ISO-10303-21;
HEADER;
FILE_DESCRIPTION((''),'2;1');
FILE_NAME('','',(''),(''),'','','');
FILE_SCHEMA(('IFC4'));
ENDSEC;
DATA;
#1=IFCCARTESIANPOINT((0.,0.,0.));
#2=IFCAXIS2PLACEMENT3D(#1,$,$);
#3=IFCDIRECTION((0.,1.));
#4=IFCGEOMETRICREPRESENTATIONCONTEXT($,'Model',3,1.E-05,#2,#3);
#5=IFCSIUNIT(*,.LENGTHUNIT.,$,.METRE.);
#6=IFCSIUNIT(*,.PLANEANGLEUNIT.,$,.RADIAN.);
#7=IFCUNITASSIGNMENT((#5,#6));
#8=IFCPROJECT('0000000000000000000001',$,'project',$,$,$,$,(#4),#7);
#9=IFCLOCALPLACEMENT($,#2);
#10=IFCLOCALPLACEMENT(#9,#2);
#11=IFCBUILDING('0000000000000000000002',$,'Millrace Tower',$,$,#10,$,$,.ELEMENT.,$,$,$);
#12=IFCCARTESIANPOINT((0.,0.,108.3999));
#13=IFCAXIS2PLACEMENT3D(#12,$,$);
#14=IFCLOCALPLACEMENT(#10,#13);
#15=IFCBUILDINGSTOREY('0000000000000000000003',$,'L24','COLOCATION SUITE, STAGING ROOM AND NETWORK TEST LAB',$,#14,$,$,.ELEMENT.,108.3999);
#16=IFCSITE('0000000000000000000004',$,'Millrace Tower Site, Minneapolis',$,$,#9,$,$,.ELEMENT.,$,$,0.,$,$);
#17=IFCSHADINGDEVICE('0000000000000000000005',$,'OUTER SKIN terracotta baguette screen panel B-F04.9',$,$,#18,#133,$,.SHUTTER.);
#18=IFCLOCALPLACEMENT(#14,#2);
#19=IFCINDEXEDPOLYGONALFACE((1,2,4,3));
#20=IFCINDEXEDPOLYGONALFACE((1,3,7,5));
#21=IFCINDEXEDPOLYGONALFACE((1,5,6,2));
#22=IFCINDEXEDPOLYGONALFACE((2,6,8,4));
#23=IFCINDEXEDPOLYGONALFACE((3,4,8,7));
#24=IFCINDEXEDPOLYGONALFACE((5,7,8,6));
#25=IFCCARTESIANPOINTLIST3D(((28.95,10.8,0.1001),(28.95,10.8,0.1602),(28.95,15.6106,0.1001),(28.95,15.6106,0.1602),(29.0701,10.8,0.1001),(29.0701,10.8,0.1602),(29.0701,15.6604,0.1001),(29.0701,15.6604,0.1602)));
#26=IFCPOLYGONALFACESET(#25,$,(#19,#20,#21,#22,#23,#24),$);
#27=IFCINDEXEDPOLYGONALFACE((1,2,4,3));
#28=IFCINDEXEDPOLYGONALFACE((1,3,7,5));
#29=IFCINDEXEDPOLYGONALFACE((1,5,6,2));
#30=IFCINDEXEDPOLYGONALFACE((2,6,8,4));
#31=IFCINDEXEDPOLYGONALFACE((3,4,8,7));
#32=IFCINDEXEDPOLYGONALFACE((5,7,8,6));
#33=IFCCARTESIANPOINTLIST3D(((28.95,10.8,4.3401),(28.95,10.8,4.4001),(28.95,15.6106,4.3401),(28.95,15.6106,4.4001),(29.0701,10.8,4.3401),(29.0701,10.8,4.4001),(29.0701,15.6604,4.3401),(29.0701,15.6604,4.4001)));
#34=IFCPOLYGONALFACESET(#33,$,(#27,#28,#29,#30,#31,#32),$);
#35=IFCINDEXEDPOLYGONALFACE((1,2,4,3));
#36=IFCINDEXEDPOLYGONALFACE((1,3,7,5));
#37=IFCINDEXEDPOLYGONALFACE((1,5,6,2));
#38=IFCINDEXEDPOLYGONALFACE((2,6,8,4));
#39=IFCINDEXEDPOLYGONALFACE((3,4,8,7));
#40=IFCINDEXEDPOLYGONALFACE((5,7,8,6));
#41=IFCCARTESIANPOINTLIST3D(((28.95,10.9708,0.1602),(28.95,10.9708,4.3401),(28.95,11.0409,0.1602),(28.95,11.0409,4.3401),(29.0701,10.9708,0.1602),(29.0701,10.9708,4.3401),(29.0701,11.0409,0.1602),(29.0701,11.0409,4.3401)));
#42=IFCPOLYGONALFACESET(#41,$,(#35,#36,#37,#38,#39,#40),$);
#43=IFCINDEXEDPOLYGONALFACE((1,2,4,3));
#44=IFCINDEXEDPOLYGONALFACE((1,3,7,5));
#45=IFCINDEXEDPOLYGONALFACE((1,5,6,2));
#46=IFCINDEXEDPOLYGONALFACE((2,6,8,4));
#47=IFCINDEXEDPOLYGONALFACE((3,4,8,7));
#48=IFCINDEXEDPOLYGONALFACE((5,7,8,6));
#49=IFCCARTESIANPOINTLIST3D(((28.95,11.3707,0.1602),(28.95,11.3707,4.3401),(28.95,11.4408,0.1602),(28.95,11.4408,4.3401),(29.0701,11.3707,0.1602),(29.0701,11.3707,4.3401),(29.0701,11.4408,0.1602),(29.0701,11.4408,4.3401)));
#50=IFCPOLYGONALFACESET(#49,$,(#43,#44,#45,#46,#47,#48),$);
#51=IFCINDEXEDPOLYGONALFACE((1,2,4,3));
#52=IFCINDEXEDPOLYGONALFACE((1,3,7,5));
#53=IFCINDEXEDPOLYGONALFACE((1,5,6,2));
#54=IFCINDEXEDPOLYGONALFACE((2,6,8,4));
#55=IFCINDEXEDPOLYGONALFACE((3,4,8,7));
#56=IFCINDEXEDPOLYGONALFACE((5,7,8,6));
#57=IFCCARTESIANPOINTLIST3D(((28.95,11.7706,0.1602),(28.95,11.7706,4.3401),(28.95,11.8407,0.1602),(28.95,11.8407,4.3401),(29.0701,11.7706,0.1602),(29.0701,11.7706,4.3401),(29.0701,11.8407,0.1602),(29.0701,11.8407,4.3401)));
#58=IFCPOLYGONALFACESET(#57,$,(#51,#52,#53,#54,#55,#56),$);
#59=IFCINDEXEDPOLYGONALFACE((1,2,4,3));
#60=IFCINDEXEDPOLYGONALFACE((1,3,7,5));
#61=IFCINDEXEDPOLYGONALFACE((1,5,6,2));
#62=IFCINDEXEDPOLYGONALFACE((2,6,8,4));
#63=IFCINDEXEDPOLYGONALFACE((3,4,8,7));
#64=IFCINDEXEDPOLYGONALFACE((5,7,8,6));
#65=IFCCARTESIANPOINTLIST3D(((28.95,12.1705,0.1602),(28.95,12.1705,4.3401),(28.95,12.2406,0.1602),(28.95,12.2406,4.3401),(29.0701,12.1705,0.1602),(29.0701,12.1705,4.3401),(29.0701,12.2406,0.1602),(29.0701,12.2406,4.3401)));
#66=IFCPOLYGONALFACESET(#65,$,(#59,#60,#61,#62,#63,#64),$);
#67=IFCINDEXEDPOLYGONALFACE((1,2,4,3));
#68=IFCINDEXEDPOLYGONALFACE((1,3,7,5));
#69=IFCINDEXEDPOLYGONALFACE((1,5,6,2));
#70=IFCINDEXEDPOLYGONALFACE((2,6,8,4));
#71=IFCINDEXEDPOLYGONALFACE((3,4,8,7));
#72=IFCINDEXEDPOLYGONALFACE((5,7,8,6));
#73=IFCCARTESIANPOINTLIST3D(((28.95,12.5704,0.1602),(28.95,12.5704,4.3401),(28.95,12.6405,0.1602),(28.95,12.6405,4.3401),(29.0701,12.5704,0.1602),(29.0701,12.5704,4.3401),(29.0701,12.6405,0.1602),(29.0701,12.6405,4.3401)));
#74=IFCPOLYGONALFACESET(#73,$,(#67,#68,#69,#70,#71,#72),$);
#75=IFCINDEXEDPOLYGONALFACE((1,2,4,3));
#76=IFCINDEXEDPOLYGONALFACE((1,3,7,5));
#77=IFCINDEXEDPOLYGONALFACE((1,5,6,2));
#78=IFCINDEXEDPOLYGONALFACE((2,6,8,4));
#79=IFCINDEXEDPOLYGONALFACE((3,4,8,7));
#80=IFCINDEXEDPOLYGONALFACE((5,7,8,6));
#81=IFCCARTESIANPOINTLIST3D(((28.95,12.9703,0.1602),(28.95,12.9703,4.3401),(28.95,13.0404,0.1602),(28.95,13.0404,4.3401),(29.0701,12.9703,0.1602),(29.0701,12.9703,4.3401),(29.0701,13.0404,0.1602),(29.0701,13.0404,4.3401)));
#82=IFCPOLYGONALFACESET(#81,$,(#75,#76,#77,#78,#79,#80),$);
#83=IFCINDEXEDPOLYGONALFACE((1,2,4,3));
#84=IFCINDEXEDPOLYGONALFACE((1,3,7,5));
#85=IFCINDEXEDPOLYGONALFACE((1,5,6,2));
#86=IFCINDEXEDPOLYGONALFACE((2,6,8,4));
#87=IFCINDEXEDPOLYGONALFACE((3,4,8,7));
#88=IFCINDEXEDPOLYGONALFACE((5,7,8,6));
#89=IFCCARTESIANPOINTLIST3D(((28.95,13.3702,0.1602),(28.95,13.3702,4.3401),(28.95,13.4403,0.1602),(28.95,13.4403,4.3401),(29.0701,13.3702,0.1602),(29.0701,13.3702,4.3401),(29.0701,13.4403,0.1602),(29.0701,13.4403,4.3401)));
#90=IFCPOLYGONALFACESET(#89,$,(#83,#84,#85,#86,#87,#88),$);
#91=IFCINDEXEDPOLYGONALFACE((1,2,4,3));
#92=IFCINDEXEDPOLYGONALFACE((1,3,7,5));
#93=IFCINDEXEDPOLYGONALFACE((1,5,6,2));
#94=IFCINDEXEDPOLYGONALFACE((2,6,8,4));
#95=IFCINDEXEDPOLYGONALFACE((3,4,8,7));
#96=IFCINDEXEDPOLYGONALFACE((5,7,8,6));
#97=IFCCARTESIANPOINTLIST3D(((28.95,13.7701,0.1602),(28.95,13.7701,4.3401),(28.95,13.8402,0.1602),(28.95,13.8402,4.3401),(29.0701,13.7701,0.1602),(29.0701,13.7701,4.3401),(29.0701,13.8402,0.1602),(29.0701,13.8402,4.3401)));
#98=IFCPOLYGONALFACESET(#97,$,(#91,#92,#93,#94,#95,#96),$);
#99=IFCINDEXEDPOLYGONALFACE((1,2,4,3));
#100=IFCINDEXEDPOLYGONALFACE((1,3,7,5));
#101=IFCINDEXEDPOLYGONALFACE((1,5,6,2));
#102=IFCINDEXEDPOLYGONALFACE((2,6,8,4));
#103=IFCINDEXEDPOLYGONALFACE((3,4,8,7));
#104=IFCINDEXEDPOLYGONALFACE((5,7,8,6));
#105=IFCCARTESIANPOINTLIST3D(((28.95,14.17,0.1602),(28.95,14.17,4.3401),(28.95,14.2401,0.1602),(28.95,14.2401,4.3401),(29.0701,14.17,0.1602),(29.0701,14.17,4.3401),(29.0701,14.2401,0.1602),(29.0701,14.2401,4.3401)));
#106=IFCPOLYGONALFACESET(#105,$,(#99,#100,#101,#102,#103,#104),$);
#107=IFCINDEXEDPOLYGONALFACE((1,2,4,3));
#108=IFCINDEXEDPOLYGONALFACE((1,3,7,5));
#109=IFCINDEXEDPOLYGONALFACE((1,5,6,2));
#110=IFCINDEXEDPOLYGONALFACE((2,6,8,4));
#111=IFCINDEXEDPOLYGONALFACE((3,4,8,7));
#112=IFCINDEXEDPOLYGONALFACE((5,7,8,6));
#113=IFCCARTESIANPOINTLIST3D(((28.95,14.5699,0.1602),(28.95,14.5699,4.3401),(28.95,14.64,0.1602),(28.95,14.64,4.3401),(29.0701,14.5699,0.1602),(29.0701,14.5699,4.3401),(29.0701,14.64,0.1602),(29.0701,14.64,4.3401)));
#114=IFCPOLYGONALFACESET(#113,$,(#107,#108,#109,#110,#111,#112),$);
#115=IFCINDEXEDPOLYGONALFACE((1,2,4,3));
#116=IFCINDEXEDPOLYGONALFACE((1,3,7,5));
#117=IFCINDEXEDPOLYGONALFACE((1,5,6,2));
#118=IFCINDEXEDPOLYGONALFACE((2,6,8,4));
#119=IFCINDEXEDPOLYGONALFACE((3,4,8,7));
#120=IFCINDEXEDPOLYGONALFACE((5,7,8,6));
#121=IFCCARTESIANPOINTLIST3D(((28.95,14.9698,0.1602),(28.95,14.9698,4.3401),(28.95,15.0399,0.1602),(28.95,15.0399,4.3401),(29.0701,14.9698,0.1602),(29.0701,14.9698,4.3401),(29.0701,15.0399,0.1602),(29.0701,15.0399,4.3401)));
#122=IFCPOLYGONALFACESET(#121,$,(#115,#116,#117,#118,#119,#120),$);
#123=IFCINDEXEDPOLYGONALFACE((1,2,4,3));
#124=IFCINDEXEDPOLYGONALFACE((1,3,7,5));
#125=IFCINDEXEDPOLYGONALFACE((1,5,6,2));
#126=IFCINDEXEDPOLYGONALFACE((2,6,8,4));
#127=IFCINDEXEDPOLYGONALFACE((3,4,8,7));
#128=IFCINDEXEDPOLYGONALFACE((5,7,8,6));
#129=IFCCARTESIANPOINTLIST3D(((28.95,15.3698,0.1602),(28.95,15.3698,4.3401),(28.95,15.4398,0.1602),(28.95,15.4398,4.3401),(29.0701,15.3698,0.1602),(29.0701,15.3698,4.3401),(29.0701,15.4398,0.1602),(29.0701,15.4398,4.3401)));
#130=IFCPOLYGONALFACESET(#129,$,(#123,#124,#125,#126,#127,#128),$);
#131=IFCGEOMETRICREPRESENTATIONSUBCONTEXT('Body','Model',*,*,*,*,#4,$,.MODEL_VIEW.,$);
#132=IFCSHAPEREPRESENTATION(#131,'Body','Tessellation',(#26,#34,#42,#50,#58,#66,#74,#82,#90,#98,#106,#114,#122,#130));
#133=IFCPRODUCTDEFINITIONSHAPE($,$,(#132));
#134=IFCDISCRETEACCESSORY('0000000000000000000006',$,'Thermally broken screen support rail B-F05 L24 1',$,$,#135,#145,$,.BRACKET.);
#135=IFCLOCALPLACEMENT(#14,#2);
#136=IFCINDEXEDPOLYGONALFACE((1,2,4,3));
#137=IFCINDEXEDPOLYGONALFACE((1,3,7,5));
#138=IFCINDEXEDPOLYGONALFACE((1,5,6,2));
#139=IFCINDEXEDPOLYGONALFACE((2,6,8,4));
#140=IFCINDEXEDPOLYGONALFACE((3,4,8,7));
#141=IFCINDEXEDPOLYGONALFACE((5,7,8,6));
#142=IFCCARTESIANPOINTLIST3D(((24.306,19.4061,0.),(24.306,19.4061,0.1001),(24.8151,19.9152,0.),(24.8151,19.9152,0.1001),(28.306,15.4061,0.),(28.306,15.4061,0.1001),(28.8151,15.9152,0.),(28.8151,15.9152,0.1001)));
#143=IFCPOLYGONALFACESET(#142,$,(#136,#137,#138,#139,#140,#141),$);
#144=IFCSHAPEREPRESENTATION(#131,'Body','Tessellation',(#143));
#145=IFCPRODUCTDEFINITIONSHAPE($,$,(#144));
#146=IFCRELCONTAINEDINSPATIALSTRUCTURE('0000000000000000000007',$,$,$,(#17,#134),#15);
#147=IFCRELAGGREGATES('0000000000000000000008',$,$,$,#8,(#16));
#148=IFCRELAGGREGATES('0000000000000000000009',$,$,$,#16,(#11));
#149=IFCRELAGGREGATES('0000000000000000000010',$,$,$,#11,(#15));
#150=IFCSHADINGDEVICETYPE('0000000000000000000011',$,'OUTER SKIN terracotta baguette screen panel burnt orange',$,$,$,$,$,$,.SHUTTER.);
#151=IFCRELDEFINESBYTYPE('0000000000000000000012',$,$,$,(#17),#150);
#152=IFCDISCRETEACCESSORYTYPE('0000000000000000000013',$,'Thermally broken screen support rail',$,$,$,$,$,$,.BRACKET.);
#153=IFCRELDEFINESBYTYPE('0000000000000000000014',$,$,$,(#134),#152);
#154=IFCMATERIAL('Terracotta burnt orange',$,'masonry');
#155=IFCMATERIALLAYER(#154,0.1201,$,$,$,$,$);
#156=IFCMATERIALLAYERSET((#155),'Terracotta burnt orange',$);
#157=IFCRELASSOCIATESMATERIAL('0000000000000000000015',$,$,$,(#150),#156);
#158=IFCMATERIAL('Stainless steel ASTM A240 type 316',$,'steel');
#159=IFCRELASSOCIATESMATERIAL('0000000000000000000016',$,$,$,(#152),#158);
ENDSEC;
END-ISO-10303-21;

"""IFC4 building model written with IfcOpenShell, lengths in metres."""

from ifc_helpers import new_model, entity, si_unit, direction, frame, frame_2d, origin, origin_2d, place, context, subcontext, project, spatial, rectangle, extrude, source, transform, mapped, material, layer, layer_set, type_object, element, save


model = new_model("IFC4")

# Units and contexts
model_context = context("Model", 3, precision=1e-05, world=origin(), true_north=direction((0.0, 1.0)))
body_context = subcontext(model_context, "Body", "Model", "MODEL_VIEW")
ifc_project = project(units=[si_unit("LENGTHUNIT", "METRE"), si_unit("PLANEANGLEUNIT", "RADIAN")], contexts=[model_context])

# Site, building, storey
site_placement = place(None, origin())
site = spatial("IfcSite", under=ifc_project, at=site_placement, Name="Millrace Tower Site, Minneapolis", CompositionType="ELEMENT", RefElevation=0.0)
building_placement = place(site_placement, origin())
building = spatial("IfcBuilding", under=site, at=building_placement, Name="Millrace Tower", CompositionType="ELEMENT")
storey_placement = place(building_placement, frame((0.0, 0.0, 108.3999)))
storey = spatial("IfcBuildingStorey", under=building, at=storey_placement, Name="L24", Description="COLOCATION SUITE, STAGING ROOM AND NETWORK TEST LAB", CompositionType="ELEMENT", Elevation=108.3999)

# Shading device
ifc_material_1 = material(Name="Terracotta burnt orange", Category="masonry")
ifc_layer_1 = layer(ifc_material_1, 0.1201)
ifc_layer_set_1 = layer_set([ifc_layer_1], Name="Terracotta burnt orange")
shading_device_type = type_object("IfcShadingDeviceType", Name="OUTER SKIN terracotta baguette screen panel burnt orange", PredefinedType="SHUTTER", material=ifc_layer_set_1)
cartesian_point_1 = entity("IfcCartesianPoint", [-2.4177, 0.0601])
shared_polyline_1 = entity("IfcPolyline", [cartesian_point_1, entity("IfcCartesianPoint", [2.3928, 0.0601]), entity("IfcCartesianPoint", [2.4426, -0.0601]), entity("IfcCartesianPoint", [-2.4177, -0.0601]), cartesian_point_1])
shared_shape_1 = source(origin(), body_context, "Body", "SweptSolid", [
    entity("IfcExtrudedAreaSolid", entity("IfcArbitraryClosedProfileDef", "AREA", None, shared_polyline_1), entity("IfcAxis2Placement3D", entity("IfcCartesianPoint", [0.0, 0.0, 0.0])), entity("IfcDirection", [0.0, 0.0, 1.0]), 0.0601),
    entity("IfcExtrudedAreaSolid", entity("IfcArbitraryClosedProfileDef", "AREA", None, shared_polyline_1), entity("IfcAxis2Placement3D", entity("IfcCartesianPoint", [0.0, 0.0, 4.24])), entity("IfcDirection", [0.0, 0.0, 1.0]), 0.0601),
    extrude(rectangle(XDim=0.0701, YDim=0.1201, at=frame_2d((-2.2119, 0.0))), frame((0.0, 0.0, 0.0601)), (0.0, 0.0, 1.0), 4.1799),
    extrude(rectangle(XDim=0.0701, YDim=0.1201, at=frame_2d((-1.812, 0.0))), frame((0.0, 0.0, 0.0601)), (0.0, 0.0, 1.0), 4.1799),
    extrude(rectangle(XDim=0.0701, YDim=0.1201, at=frame_2d((-1.4121, 0.0))), frame((0.0, 0.0, 0.0601)), (0.0, 0.0, 1.0), 4.1799),
    extrude(rectangle(XDim=0.0701, YDim=0.1201, at=frame_2d((-1.0122, 0.0))), frame((0.0, 0.0, 0.0601)), (0.0, 0.0, 1.0), 4.1799),
    extrude(rectangle(XDim=0.0701, YDim=0.1201, at=frame_2d((-0.6123, 0.0))), frame((0.0, 0.0, 0.0601)), (0.0, 0.0, 1.0), 4.1799),
    extrude(rectangle(XDim=0.0701, YDim=0.1201, at=frame_2d((-0.2124, 0.0))), frame((0.0, 0.0, 0.0601)), (0.0, 0.0, 1.0), 4.1799),
    extrude(rectangle(XDim=0.0701, YDim=0.1201, at=frame_2d((0.1875, 0.0))), frame((0.0, 0.0, 0.0601)), (0.0, 0.0, 1.0), 4.1799),
    extrude(rectangle(XDim=0.0701, YDim=0.1201, at=frame_2d((0.5874, 0.0))), frame((0.0, 0.0, 0.0601)), (0.0, 0.0, 1.0), 4.1799),
    extrude(rectangle(XDim=0.0701, YDim=0.1201, at=frame_2d((0.9873, 0.0))), frame((0.0, 0.0, 0.0601)), (0.0, 0.0, 1.0), 4.1799),
    extrude(rectangle(XDim=0.0701, YDim=0.1201, at=frame_2d((1.3872, 0.0))), frame((0.0, 0.0, 0.0601)), (0.0, 0.0, 1.0), 4.1799),
    extrude(rectangle(XDim=0.0701, YDim=0.1201, at=frame_2d((1.7871, 0.0))), frame((0.0, 0.0, 0.0601)), (0.0, 0.0, 1.0), 4.1799),
    extrude(rectangle(XDim=0.0701, YDim=0.1201, at=frame_2d((2.187, 0.0))), frame((0.0, 0.0, 0.0601)), (0.0, 0.0, 1.0), 4.1799),
])
shading_device_1_placement = place(storey_placement, frame((29.01, 13.2178, 0.1001), z_axis=(0.0, 0.0, 1.0), x_axis=(0.0, 1.0, 0.0)))
element("IfcShadingDevice", 1, at=shading_device_1_placement, inside=storey, type_object=shading_device_type, Name="OUTER SKIN terracotta baguette screen panel B-F04.9", PredefinedType="SHUTTER", context=body_context, shape_type="MappedRepresentation", body=[
    mapped(shared_shape_1, transform((0.0, 0.0, 0.0), scale=1.0)),
])

# Discrete accessory
ifc_material_2 = material(Name="Stainless steel ASTM A240 type 316", Category="steel")
discrete_accessory_type = type_object("IfcDiscreteAccessoryType", Name="Thermally broken screen support rail", PredefinedType="BRACKET", material=ifc_material_2)
discrete_accessory_placement = place(storey_placement, frame((26.5605, 17.6606, 0.0), z_axis=(0.0, 0.0, 1.0), x_axis=(-0.707107, 0.707107, 0.0)))
element("IfcDiscreteAccessory", 2, at=discrete_accessory_placement, inside=storey, type_object=discrete_accessory_type, Name="Thermally broken screen support rail B-F05 L24 1", PredefinedType="BRACKET", context=body_context, shape_type="SweptSolid", body=[
    extrude(rectangle(XDim=5.6567, YDim=0.72, at=origin_2d()), origin(), (0.0, 0.0, 1.0), 0.1001),
])

save(model, "model.ifc")
